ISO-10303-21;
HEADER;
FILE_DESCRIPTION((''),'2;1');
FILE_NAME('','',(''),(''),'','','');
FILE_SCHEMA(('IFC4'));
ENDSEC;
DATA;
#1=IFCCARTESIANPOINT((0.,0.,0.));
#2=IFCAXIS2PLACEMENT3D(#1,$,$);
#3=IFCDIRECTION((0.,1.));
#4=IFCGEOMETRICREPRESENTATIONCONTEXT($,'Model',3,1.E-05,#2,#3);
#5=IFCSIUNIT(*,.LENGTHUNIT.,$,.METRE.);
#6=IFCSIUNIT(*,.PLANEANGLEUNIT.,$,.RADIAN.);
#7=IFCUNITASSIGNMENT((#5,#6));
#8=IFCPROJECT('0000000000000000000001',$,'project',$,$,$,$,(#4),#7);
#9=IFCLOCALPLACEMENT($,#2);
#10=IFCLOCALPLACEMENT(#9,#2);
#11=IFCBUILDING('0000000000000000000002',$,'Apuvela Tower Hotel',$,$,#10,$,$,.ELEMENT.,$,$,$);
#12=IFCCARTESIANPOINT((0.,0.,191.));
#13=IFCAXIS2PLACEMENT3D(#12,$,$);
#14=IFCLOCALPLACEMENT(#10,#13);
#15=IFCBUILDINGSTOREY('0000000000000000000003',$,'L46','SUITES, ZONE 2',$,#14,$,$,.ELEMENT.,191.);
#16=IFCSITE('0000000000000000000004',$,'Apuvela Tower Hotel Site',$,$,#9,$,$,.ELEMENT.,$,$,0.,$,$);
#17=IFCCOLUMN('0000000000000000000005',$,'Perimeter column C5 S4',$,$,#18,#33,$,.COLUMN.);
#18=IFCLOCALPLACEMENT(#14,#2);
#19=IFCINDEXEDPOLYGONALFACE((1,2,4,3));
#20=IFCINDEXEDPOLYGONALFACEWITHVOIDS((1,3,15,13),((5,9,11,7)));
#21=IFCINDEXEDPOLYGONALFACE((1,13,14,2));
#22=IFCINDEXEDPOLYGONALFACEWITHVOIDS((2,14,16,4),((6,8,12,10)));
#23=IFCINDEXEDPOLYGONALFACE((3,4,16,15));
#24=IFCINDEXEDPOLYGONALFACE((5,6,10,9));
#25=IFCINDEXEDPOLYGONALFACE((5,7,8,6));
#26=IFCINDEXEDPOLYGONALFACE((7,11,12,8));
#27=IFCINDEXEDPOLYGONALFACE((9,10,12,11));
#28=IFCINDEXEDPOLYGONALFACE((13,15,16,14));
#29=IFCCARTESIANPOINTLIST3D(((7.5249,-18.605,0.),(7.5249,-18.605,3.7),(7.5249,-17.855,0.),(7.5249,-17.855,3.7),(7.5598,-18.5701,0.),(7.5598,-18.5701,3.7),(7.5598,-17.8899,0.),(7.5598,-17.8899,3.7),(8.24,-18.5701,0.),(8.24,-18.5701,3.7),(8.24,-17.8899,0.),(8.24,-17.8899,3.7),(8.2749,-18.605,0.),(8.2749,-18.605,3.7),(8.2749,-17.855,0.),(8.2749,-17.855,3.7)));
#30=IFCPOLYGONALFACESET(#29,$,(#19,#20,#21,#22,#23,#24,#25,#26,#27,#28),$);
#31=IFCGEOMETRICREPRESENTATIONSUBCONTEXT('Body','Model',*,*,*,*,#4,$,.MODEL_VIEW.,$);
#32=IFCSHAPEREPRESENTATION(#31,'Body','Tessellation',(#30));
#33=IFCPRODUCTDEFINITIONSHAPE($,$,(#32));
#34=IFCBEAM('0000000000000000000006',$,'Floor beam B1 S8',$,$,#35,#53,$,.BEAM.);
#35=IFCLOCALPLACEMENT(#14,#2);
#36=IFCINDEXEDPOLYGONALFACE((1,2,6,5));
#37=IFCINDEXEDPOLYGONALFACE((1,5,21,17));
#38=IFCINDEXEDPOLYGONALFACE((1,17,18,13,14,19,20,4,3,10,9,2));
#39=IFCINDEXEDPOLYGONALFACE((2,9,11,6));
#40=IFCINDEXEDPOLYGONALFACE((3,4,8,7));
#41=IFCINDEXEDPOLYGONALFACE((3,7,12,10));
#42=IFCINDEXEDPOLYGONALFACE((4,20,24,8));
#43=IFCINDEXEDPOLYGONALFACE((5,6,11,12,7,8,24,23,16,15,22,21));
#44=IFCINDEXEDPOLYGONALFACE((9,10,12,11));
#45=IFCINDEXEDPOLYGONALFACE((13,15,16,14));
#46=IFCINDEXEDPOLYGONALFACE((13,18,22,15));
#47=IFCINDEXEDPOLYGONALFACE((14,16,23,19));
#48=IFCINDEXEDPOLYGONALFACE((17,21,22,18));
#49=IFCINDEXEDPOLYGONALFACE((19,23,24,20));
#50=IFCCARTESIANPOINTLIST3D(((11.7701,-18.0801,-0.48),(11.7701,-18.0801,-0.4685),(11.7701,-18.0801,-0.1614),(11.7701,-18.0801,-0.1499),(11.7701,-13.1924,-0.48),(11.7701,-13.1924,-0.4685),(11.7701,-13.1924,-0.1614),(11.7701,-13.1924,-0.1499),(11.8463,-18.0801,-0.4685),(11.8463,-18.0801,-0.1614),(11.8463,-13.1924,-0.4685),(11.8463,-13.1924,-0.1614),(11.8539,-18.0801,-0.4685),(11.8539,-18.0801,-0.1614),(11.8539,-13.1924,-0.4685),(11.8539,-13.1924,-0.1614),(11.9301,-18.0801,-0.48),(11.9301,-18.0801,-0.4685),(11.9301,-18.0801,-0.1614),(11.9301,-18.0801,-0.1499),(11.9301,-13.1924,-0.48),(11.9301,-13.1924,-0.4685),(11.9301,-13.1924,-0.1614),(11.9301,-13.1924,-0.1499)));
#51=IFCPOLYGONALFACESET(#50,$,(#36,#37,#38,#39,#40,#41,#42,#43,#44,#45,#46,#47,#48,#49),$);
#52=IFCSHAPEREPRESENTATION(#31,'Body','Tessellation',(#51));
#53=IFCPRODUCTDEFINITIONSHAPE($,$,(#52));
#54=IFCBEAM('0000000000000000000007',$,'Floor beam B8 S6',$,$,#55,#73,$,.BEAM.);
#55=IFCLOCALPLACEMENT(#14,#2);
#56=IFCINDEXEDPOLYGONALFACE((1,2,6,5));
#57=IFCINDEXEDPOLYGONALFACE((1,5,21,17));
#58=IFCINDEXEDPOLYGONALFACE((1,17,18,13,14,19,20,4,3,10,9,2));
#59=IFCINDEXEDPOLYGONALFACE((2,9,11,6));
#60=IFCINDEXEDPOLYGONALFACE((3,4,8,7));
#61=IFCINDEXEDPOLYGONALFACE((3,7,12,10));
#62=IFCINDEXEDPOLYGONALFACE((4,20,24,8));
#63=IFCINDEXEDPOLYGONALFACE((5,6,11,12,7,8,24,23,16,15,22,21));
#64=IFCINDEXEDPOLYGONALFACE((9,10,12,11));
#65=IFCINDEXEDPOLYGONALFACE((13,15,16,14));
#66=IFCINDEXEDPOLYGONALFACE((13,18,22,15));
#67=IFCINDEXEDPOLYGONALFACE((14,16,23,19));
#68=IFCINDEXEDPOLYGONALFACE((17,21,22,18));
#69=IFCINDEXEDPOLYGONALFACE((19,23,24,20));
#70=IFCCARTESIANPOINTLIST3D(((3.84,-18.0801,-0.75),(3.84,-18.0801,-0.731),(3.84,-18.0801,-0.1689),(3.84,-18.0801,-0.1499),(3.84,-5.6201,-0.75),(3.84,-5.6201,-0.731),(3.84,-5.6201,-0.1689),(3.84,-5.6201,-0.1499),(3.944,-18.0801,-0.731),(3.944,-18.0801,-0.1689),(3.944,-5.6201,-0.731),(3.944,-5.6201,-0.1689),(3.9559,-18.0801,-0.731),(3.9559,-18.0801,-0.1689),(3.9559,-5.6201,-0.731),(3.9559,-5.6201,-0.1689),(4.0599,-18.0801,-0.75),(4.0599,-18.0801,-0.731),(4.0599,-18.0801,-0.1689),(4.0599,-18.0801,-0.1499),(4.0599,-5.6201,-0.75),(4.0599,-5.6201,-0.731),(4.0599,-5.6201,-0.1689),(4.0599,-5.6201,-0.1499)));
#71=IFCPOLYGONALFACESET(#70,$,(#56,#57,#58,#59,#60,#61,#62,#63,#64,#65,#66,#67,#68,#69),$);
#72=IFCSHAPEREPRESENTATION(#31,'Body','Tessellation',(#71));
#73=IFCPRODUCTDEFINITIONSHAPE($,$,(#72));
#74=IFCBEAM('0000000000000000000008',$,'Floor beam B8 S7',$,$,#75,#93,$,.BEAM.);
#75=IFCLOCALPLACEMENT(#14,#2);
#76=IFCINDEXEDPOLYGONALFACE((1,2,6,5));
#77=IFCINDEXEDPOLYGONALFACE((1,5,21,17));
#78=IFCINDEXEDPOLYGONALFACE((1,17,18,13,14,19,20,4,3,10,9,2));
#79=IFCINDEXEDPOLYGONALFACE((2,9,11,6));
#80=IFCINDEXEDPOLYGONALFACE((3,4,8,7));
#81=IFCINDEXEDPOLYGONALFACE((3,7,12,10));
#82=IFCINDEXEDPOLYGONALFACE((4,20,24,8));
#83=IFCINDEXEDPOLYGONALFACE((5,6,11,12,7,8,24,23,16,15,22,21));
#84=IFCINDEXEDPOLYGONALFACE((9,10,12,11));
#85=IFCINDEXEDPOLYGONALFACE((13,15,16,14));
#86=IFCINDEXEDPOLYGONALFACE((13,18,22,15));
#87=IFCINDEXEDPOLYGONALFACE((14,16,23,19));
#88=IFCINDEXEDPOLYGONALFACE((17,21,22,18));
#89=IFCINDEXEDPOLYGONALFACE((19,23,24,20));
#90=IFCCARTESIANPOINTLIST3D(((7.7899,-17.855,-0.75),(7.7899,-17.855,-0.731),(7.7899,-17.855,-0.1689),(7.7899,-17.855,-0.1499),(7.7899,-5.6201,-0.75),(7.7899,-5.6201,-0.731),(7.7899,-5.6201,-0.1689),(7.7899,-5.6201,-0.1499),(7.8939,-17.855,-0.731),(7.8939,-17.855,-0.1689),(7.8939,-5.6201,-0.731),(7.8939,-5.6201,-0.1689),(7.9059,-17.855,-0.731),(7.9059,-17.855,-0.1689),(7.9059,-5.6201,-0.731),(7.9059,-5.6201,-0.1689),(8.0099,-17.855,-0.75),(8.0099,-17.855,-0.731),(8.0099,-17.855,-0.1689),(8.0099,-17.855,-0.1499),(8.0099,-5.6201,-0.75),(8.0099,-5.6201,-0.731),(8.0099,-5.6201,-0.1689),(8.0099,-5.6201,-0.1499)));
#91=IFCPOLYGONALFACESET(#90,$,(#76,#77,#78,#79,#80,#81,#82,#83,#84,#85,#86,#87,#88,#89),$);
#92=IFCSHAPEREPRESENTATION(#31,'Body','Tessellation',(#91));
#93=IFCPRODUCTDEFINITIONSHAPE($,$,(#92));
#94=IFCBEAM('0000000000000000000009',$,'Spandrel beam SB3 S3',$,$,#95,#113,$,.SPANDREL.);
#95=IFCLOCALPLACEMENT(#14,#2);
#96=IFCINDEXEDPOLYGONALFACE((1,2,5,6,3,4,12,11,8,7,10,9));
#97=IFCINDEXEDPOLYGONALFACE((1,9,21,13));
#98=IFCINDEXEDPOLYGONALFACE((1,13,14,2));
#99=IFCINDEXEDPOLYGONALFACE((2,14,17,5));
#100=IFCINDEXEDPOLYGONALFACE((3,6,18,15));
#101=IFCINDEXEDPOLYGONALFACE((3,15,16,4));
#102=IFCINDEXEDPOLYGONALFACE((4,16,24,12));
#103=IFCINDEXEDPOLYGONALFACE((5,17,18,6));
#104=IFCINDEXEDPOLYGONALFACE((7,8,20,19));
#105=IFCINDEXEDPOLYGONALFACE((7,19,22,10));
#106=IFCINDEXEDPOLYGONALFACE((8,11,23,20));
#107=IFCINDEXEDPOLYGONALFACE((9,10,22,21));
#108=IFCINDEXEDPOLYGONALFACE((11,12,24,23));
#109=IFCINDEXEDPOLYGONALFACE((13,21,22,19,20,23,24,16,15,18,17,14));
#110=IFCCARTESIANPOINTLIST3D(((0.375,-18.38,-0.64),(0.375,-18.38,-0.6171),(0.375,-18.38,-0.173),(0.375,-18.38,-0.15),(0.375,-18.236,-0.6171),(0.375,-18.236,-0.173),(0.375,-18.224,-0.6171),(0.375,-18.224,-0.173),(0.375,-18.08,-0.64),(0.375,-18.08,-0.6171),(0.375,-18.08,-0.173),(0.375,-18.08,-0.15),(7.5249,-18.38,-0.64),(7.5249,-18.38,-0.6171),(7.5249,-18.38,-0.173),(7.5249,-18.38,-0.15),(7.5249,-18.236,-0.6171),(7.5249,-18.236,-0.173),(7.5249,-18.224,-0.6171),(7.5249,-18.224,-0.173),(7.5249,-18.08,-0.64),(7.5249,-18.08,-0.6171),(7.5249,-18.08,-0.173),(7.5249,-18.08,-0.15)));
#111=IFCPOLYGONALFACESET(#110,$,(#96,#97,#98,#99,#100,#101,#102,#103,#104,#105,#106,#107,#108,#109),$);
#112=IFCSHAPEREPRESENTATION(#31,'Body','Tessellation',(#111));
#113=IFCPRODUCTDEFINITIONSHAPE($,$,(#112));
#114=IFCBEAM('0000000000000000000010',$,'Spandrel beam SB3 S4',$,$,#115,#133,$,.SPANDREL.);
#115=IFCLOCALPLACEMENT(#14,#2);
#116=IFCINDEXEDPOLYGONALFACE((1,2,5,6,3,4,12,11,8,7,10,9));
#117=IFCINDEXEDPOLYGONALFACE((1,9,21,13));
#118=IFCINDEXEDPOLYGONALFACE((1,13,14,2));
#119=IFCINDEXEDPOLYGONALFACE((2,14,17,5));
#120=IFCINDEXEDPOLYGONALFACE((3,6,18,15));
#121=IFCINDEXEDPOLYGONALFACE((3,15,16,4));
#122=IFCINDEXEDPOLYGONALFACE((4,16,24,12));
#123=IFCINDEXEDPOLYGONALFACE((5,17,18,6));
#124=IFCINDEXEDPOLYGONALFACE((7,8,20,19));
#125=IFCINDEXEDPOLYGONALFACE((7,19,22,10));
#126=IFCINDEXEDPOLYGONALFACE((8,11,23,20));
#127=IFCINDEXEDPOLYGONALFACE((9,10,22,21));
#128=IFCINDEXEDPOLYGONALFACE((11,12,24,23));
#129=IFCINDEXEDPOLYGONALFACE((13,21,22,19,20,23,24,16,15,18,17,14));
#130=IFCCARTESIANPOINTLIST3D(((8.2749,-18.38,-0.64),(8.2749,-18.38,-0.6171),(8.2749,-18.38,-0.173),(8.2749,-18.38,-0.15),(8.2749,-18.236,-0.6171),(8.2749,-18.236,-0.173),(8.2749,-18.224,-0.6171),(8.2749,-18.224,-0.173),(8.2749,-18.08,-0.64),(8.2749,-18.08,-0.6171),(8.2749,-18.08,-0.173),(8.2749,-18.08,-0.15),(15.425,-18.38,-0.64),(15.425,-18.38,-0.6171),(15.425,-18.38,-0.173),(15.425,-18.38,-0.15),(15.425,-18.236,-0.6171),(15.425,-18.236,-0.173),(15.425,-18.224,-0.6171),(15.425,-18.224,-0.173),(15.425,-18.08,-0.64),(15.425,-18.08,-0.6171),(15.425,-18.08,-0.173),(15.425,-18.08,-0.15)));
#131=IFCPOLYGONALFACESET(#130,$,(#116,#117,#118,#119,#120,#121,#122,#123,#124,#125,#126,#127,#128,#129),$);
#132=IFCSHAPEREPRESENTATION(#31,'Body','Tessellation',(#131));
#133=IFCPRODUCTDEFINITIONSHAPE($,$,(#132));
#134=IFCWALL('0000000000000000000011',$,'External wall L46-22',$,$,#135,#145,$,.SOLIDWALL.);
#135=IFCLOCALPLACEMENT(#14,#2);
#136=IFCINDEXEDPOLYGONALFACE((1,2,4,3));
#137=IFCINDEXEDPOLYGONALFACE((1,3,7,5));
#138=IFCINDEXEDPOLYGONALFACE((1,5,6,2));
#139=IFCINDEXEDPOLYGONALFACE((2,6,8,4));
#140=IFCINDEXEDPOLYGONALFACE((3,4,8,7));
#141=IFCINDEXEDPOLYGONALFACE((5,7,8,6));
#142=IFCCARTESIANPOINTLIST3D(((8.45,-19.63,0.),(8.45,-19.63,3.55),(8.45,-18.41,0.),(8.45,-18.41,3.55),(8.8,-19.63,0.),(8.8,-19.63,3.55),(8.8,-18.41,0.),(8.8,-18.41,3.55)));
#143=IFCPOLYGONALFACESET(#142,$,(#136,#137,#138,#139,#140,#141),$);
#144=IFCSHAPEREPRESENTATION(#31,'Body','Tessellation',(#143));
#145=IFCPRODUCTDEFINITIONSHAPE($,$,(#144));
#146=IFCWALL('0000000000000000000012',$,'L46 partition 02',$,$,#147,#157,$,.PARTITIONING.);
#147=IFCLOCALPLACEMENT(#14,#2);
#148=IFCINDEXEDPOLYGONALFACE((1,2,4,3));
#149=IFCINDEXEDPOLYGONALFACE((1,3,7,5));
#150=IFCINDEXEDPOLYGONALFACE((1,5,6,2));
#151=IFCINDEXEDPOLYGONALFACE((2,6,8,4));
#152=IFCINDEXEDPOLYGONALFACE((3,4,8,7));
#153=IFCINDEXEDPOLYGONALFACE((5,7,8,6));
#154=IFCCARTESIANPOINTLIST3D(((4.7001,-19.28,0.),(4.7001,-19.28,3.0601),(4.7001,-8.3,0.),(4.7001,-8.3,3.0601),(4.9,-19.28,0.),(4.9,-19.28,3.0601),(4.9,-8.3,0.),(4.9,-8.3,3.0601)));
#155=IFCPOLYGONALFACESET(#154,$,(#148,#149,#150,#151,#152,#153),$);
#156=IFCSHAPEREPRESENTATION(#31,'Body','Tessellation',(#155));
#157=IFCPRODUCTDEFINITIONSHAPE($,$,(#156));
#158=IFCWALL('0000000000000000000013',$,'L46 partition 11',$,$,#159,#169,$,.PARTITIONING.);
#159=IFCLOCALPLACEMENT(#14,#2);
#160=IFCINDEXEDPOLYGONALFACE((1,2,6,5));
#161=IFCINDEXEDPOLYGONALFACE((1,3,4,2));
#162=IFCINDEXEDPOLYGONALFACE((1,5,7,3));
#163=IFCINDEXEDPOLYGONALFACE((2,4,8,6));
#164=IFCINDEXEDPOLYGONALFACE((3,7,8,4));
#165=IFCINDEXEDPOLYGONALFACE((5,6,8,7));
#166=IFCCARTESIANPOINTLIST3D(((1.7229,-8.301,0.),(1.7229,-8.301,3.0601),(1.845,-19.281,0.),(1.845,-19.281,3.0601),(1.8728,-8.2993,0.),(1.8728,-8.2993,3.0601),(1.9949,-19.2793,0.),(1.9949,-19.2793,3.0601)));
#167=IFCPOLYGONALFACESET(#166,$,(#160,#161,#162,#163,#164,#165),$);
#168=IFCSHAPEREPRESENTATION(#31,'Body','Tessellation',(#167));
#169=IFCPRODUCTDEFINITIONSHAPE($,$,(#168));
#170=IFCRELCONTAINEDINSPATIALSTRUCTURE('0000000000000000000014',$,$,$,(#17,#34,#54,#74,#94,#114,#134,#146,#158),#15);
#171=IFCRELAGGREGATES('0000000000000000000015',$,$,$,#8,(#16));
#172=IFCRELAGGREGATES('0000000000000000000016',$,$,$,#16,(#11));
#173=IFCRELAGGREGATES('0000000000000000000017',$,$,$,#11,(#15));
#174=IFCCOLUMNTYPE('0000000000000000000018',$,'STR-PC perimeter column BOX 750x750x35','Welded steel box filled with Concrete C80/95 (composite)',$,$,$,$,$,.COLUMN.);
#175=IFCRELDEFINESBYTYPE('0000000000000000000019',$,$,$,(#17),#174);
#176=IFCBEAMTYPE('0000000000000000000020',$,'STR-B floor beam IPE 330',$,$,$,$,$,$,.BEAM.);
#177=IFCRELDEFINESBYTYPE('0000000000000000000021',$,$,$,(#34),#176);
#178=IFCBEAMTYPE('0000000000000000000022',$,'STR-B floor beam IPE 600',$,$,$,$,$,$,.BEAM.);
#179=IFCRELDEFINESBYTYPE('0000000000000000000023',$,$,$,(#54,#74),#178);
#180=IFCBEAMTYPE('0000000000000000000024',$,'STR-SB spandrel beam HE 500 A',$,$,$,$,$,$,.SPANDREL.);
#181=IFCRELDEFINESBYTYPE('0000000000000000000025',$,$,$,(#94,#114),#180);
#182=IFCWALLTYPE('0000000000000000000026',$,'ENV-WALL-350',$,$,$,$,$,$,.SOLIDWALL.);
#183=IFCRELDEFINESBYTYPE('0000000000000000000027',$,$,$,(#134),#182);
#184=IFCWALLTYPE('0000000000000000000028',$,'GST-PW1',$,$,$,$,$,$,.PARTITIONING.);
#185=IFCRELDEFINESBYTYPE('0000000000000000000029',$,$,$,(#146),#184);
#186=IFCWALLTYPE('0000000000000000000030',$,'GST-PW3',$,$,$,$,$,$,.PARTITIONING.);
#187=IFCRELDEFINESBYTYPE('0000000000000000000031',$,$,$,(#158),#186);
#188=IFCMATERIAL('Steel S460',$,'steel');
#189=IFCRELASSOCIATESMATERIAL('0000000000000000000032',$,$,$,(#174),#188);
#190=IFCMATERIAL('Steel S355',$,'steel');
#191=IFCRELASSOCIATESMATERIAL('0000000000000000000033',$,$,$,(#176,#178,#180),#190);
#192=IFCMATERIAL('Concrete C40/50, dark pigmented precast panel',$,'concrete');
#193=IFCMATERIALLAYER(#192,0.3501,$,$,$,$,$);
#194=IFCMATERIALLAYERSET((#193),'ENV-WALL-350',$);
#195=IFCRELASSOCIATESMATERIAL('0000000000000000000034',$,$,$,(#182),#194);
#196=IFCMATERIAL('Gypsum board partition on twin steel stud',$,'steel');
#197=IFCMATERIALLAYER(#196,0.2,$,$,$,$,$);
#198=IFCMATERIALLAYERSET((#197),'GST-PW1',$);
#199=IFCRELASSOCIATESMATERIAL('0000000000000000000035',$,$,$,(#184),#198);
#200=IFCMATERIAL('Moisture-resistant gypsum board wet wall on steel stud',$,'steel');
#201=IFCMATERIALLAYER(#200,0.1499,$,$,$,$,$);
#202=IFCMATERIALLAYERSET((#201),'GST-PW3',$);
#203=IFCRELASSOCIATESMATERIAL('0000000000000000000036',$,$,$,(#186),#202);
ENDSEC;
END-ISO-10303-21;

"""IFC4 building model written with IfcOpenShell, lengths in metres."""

from ifc_helpers import new_model, si_unit, direction, frame, frame_2d, origin, origin_2d, place, context, subcontext, project, spatial, rectangle, hollow_rectangle, i_section, extrude, material, layer, layer_set, material_profile, profile_set, type_object, element, save


model = new_model("IFC4")

# Units and contexts
model_context = context("Model", 3, precision=1e-05, world=origin(), true_north=direction((0.0, 1.0)))
body_context = subcontext(model_context, "Body", "Model", "MODEL_VIEW")
ifc_project = project(units=[si_unit("LENGTHUNIT", "METRE"), si_unit("PLANEANGLEUNIT", "RADIAN")], contexts=[model_context])

# Site, building, storey
site_placement = place(None, origin())
site = spatial("IfcSite", under=ifc_project, at=site_placement, Name="Apuvela Tower Hotel Site", CompositionType="ELEMENT", RefElevation=0.0)
building_placement = place(site_placement, origin())
building = spatial("IfcBuilding", under=site, at=building_placement, Name="Apuvela Tower Hotel", CompositionType="ELEMENT")
storey_placement = place(building_placement, frame((0.0, 0.0, 191.0)))
storey = spatial("IfcBuildingStorey", under=building, at=storey_placement, Name="L46", Description="SUITES, ZONE 2", CompositionType="ELEMENT", Elevation=191.0)

# Column
ifc_material_1 = material(Name="Steel S460", Category="steel")
ifc_material_profile_1 = material_profile(ifc_material_1, hollow_rectangle(XDim=0.75, YDim=0.75, WallThickness=0.0349, at=origin_2d()), Name="BOX 750x750x35")
ifc_material_2 = material(Name="Concrete C80/95", Category="concrete")
ifc_material_profile_2 = material_profile(ifc_material_2, rectangle(XDim=0.6799, YDim=0.6799, at=origin_2d()), Name="Concrete C80/95 infill")
ifc_profile_set_1 = profile_set([ifc_material_profile_1, ifc_material_profile_2], Name="Steel S460")
column_type = type_object("IfcColumnType", Name="STR-PC perimeter column BOX 750x750x35", Description="Welded steel box filled with Concrete C80/95 (composite)", PredefinedType="COLUMN", material=ifc_profile_set_1)
column_placement = place(storey_placement, frame((7.8999, -18.23, 0.0), z_axis=(0.0, 0.0, 1.0), x_axis=(-1.0, 0.0, 0.0)))
element("IfcColumn", 1, at=column_placement, inside=storey, type_object=column_type, Name="Perimeter column C5 S4", PredefinedType="COLUMN", context=body_context, shape_type="SweptSolid", body=[
    extrude(hollow_rectangle(XDim=0.75, YDim=0.75, WallThickness=0.0349, at=origin_2d()), origin(), (0.0, 0.0, 1.0), 3.7),
])

# Beams
ifc_material_3 = material(Name="Steel S355", Category="steel")
ifc_material_profile_3 = material_profile(ifc_material_3, i_section(OverallWidth=0.1599, OverallDepth=0.3301, WebThickness=0.0076, FlangeThickness=0.0115, at=origin_2d()), Name="IPE 330")
ifc_profile_set_2 = profile_set([ifc_material_profile_3], Name="Steel S355")
beam_type_1 = type_object("IfcBeamType", Name="STR-B floor beam IPE 330", PredefinedType="BEAM", material=ifc_profile_set_2)
beam_1_placement = place(storey_placement, frame((11.8501, -18.0801, -0.3149), z_axis=(0.0, 1.0, 0.0), x_axis=(-1.0, 0.0, 0.0)))
element("IfcBeam", 2, at=beam_1_placement, inside=storey, type_object=beam_type_1, Name="Floor beam B1 S8", PredefinedType="BEAM", context=body_context, shape_type="SweptSolid", body=[
    extrude(i_section(OverallWidth=0.1599, OverallDepth=0.3301, WebThickness=0.0076, FlangeThickness=0.0115, at=origin_2d()), origin(), (0.0, 0.0, 1.0), 4.8877),
])
ifc_material_profile_4 = material_profile(ifc_material_3, i_section(OverallWidth=0.22, OverallDepth=0.6001, WebThickness=0.012, FlangeThickness=0.019, at=origin_2d()), Name="IPE 600")
ifc_profile_set_3 = profile_set([ifc_material_profile_4], Name="Steel S355")
beam_type_2 = type_object("IfcBeamType", Name="STR-B floor beam IPE 600", PredefinedType="BEAM", material=ifc_profile_set_3)
beam_2_placement = place(storey_placement, frame((3.95, -18.0801, -0.45), z_axis=(0.0, 1.0, 0.0), x_axis=(-1.0, 0.0, 0.0)))
element("IfcBeam", 3, at=beam_2_placement, inside=storey, type_object=beam_type_2, Name="Floor beam B8 S6", PredefinedType="BEAM", context=body_context, shape_type="SweptSolid", body=[
    extrude(i_section(OverallWidth=0.22, OverallDepth=0.6001, WebThickness=0.012, FlangeThickness=0.019, at=origin_2d()), origin(), (0.0, 0.0, 1.0), 12.46),
])
beam_3_placement = place(storey_placement, frame((7.8999, -17.855, -0.45), z_axis=(0.0, 1.0, 0.0), x_axis=(-1.0, 0.0, 0.0)))
element("IfcBeam", 4, at=beam_3_placement, inside=storey, type_object=beam_type_2, Name="Floor beam B8 S7", PredefinedType="BEAM", context=body_context, shape_type="SweptSolid", body=[
    extrude(i_section(OverallWidth=0.22, OverallDepth=0.6001, WebThickness=0.012, FlangeThickness=0.019, at=origin_2d()), origin(), (0.0, 0.0, 1.0), 12.2349),
])
ifc_material_profile_5 = material_profile(ifc_material_3, i_section(OverallWidth=0.3, OverallDepth=0.49, WebThickness=0.012, FlangeThickness=0.0229, at=origin_2d()), Name="HE 500 A")
ifc_profile_set_4 = profile_set([ifc_material_profile_5], Name="Steel S355")
beam_type_3 = type_object("IfcBeamType", Name="STR-SB spandrel beam HE 500 A", PredefinedType="SPANDREL", material=ifc_profile_set_4)
beam_4_placement = place(storey_placement, frame((0.375, -18.23, -0.395), z_axis=(1.0, 0.0, 0.0), x_axis=(0.0, 1.0, 0.0)))
element("IfcBeam", 5, at=beam_4_placement, inside=storey, type_object=beam_type_3, Name="Spandrel beam SB3 S3", PredefinedType="SPANDREL", context=body_context, shape_type="SweptSolid", body=[
    extrude(i_section(OverallWidth=0.3, OverallDepth=0.49, WebThickness=0.012, FlangeThickness=0.0229, at=origin_2d()), origin(), (0.0, 0.0, 1.0), 7.1499),
])
beam_5_placement = place(storey_placement, frame((8.2749, -18.23, -0.395), z_axis=(1.0, 0.0, 0.0), x_axis=(0.0, 1.0, 0.0)))
element("IfcBeam", 6, at=beam_5_placement, inside=storey, type_object=beam_type_3, Name="Spandrel beam SB3 S4", PredefinedType="SPANDREL", context=body_context, shape_type="SweptSolid", body=[
    extrude(i_section(OverallWidth=0.3, OverallDepth=0.49, WebThickness=0.012, FlangeThickness=0.0229, at=origin_2d()), origin(), (0.0, 0.0, 1.0), 7.1501),
])

# Wall
ifc_material_4 = material(Name="Concrete C40/50, dark pigmented precast panel", Category="concrete")
ifc_layer_1 = layer(ifc_material_4, 0.3501)
ifc_layer_set_1 = layer_set([ifc_layer_1], Name="ENV-WALL-350")
wall_type_1 = type_object("IfcWallType", Name="ENV-WALL-350", PredefinedType="SOLIDWALL", material=ifc_layer_set_1)
wall_1_placement = place(storey_placement, frame((8.625, -19.6299, 0.0), z_axis=(0.0, 0.0, 1.0), x_axis=(0.0, 1.0, 0.0)))
element("IfcWall", 7, at=wall_1_placement, inside=storey, type_object=wall_type_1, Name="External wall L46-22", PredefinedType="SOLIDWALL", context=body_context, shape_type="SweptSolid", body=[
    extrude(rectangle(XDim=1.22, YDim=0.3501, at=frame_2d((0.6099, 0.0))), origin(), (0.0, 0.0, 1.0), 3.55),
])

# Walls
ifc_material_5 = material(Name="Gypsum board partition on twin steel stud", Category="steel")
ifc_layer_2 = layer(ifc_material_5, 0.2)
ifc_layer_set_2 = layer_set([ifc_layer_2], Name="GST-PW1")
wall_type_2 = type_object("IfcWallType", Name="GST-PW1", PredefinedType="PARTITIONING", material=ifc_layer_set_2)
wall_2_placement = place(storey_placement, frame((4.8, -19.28, 0.0), z_axis=(0.0, 0.0, 1.0), x_axis=(0.0, 1.0, 0.0)))
element("IfcWall", 8, at=wall_2_placement, inside=storey, type_object=wall_type_2, Name="L46 partition 02", PredefinedType="PARTITIONING", context=body_context, shape_type="SweptSolid", body=[
    extrude(rectangle(XDim=10.98, YDim=0.2, at=frame_2d((5.49, 0.0))), origin(), (0.0, 0.0, 1.0), 3.0601),
])
ifc_material_6 = material(Name="Moisture-resistant gypsum board wet wall on steel stud", Category="steel")
ifc_layer_3 = layer(ifc_material_6, 0.1499)
ifc_layer_set_3 = layer_set([ifc_layer_3], Name="GST-PW3")
wall_type_3 = type_object("IfcWallType", Name="GST-PW3", PredefinedType="PARTITIONING", material=ifc_layer_set_3)
wall_3_placement = place(storey_placement, frame((1.9199, -19.28, 0.0), z_axis=(0.0, 0.0, 1.0), x_axis=(-0.011117, 0.999938, 0.0)))
element("IfcWall", 9, at=wall_3_placement, inside=storey, type_object=wall_type_3, Name="L46 partition 11", PredefinedType="PARTITIONING", context=body_context, shape_type="SweptSolid", body=[
    extrude(rectangle(XDim=10.9807, YDim=0.1499, at=frame_2d((5.4902, 0.0))), origin(), (0.0, 0.0, 1.0), 3.0601),
])

save(model, "model.ifc")
